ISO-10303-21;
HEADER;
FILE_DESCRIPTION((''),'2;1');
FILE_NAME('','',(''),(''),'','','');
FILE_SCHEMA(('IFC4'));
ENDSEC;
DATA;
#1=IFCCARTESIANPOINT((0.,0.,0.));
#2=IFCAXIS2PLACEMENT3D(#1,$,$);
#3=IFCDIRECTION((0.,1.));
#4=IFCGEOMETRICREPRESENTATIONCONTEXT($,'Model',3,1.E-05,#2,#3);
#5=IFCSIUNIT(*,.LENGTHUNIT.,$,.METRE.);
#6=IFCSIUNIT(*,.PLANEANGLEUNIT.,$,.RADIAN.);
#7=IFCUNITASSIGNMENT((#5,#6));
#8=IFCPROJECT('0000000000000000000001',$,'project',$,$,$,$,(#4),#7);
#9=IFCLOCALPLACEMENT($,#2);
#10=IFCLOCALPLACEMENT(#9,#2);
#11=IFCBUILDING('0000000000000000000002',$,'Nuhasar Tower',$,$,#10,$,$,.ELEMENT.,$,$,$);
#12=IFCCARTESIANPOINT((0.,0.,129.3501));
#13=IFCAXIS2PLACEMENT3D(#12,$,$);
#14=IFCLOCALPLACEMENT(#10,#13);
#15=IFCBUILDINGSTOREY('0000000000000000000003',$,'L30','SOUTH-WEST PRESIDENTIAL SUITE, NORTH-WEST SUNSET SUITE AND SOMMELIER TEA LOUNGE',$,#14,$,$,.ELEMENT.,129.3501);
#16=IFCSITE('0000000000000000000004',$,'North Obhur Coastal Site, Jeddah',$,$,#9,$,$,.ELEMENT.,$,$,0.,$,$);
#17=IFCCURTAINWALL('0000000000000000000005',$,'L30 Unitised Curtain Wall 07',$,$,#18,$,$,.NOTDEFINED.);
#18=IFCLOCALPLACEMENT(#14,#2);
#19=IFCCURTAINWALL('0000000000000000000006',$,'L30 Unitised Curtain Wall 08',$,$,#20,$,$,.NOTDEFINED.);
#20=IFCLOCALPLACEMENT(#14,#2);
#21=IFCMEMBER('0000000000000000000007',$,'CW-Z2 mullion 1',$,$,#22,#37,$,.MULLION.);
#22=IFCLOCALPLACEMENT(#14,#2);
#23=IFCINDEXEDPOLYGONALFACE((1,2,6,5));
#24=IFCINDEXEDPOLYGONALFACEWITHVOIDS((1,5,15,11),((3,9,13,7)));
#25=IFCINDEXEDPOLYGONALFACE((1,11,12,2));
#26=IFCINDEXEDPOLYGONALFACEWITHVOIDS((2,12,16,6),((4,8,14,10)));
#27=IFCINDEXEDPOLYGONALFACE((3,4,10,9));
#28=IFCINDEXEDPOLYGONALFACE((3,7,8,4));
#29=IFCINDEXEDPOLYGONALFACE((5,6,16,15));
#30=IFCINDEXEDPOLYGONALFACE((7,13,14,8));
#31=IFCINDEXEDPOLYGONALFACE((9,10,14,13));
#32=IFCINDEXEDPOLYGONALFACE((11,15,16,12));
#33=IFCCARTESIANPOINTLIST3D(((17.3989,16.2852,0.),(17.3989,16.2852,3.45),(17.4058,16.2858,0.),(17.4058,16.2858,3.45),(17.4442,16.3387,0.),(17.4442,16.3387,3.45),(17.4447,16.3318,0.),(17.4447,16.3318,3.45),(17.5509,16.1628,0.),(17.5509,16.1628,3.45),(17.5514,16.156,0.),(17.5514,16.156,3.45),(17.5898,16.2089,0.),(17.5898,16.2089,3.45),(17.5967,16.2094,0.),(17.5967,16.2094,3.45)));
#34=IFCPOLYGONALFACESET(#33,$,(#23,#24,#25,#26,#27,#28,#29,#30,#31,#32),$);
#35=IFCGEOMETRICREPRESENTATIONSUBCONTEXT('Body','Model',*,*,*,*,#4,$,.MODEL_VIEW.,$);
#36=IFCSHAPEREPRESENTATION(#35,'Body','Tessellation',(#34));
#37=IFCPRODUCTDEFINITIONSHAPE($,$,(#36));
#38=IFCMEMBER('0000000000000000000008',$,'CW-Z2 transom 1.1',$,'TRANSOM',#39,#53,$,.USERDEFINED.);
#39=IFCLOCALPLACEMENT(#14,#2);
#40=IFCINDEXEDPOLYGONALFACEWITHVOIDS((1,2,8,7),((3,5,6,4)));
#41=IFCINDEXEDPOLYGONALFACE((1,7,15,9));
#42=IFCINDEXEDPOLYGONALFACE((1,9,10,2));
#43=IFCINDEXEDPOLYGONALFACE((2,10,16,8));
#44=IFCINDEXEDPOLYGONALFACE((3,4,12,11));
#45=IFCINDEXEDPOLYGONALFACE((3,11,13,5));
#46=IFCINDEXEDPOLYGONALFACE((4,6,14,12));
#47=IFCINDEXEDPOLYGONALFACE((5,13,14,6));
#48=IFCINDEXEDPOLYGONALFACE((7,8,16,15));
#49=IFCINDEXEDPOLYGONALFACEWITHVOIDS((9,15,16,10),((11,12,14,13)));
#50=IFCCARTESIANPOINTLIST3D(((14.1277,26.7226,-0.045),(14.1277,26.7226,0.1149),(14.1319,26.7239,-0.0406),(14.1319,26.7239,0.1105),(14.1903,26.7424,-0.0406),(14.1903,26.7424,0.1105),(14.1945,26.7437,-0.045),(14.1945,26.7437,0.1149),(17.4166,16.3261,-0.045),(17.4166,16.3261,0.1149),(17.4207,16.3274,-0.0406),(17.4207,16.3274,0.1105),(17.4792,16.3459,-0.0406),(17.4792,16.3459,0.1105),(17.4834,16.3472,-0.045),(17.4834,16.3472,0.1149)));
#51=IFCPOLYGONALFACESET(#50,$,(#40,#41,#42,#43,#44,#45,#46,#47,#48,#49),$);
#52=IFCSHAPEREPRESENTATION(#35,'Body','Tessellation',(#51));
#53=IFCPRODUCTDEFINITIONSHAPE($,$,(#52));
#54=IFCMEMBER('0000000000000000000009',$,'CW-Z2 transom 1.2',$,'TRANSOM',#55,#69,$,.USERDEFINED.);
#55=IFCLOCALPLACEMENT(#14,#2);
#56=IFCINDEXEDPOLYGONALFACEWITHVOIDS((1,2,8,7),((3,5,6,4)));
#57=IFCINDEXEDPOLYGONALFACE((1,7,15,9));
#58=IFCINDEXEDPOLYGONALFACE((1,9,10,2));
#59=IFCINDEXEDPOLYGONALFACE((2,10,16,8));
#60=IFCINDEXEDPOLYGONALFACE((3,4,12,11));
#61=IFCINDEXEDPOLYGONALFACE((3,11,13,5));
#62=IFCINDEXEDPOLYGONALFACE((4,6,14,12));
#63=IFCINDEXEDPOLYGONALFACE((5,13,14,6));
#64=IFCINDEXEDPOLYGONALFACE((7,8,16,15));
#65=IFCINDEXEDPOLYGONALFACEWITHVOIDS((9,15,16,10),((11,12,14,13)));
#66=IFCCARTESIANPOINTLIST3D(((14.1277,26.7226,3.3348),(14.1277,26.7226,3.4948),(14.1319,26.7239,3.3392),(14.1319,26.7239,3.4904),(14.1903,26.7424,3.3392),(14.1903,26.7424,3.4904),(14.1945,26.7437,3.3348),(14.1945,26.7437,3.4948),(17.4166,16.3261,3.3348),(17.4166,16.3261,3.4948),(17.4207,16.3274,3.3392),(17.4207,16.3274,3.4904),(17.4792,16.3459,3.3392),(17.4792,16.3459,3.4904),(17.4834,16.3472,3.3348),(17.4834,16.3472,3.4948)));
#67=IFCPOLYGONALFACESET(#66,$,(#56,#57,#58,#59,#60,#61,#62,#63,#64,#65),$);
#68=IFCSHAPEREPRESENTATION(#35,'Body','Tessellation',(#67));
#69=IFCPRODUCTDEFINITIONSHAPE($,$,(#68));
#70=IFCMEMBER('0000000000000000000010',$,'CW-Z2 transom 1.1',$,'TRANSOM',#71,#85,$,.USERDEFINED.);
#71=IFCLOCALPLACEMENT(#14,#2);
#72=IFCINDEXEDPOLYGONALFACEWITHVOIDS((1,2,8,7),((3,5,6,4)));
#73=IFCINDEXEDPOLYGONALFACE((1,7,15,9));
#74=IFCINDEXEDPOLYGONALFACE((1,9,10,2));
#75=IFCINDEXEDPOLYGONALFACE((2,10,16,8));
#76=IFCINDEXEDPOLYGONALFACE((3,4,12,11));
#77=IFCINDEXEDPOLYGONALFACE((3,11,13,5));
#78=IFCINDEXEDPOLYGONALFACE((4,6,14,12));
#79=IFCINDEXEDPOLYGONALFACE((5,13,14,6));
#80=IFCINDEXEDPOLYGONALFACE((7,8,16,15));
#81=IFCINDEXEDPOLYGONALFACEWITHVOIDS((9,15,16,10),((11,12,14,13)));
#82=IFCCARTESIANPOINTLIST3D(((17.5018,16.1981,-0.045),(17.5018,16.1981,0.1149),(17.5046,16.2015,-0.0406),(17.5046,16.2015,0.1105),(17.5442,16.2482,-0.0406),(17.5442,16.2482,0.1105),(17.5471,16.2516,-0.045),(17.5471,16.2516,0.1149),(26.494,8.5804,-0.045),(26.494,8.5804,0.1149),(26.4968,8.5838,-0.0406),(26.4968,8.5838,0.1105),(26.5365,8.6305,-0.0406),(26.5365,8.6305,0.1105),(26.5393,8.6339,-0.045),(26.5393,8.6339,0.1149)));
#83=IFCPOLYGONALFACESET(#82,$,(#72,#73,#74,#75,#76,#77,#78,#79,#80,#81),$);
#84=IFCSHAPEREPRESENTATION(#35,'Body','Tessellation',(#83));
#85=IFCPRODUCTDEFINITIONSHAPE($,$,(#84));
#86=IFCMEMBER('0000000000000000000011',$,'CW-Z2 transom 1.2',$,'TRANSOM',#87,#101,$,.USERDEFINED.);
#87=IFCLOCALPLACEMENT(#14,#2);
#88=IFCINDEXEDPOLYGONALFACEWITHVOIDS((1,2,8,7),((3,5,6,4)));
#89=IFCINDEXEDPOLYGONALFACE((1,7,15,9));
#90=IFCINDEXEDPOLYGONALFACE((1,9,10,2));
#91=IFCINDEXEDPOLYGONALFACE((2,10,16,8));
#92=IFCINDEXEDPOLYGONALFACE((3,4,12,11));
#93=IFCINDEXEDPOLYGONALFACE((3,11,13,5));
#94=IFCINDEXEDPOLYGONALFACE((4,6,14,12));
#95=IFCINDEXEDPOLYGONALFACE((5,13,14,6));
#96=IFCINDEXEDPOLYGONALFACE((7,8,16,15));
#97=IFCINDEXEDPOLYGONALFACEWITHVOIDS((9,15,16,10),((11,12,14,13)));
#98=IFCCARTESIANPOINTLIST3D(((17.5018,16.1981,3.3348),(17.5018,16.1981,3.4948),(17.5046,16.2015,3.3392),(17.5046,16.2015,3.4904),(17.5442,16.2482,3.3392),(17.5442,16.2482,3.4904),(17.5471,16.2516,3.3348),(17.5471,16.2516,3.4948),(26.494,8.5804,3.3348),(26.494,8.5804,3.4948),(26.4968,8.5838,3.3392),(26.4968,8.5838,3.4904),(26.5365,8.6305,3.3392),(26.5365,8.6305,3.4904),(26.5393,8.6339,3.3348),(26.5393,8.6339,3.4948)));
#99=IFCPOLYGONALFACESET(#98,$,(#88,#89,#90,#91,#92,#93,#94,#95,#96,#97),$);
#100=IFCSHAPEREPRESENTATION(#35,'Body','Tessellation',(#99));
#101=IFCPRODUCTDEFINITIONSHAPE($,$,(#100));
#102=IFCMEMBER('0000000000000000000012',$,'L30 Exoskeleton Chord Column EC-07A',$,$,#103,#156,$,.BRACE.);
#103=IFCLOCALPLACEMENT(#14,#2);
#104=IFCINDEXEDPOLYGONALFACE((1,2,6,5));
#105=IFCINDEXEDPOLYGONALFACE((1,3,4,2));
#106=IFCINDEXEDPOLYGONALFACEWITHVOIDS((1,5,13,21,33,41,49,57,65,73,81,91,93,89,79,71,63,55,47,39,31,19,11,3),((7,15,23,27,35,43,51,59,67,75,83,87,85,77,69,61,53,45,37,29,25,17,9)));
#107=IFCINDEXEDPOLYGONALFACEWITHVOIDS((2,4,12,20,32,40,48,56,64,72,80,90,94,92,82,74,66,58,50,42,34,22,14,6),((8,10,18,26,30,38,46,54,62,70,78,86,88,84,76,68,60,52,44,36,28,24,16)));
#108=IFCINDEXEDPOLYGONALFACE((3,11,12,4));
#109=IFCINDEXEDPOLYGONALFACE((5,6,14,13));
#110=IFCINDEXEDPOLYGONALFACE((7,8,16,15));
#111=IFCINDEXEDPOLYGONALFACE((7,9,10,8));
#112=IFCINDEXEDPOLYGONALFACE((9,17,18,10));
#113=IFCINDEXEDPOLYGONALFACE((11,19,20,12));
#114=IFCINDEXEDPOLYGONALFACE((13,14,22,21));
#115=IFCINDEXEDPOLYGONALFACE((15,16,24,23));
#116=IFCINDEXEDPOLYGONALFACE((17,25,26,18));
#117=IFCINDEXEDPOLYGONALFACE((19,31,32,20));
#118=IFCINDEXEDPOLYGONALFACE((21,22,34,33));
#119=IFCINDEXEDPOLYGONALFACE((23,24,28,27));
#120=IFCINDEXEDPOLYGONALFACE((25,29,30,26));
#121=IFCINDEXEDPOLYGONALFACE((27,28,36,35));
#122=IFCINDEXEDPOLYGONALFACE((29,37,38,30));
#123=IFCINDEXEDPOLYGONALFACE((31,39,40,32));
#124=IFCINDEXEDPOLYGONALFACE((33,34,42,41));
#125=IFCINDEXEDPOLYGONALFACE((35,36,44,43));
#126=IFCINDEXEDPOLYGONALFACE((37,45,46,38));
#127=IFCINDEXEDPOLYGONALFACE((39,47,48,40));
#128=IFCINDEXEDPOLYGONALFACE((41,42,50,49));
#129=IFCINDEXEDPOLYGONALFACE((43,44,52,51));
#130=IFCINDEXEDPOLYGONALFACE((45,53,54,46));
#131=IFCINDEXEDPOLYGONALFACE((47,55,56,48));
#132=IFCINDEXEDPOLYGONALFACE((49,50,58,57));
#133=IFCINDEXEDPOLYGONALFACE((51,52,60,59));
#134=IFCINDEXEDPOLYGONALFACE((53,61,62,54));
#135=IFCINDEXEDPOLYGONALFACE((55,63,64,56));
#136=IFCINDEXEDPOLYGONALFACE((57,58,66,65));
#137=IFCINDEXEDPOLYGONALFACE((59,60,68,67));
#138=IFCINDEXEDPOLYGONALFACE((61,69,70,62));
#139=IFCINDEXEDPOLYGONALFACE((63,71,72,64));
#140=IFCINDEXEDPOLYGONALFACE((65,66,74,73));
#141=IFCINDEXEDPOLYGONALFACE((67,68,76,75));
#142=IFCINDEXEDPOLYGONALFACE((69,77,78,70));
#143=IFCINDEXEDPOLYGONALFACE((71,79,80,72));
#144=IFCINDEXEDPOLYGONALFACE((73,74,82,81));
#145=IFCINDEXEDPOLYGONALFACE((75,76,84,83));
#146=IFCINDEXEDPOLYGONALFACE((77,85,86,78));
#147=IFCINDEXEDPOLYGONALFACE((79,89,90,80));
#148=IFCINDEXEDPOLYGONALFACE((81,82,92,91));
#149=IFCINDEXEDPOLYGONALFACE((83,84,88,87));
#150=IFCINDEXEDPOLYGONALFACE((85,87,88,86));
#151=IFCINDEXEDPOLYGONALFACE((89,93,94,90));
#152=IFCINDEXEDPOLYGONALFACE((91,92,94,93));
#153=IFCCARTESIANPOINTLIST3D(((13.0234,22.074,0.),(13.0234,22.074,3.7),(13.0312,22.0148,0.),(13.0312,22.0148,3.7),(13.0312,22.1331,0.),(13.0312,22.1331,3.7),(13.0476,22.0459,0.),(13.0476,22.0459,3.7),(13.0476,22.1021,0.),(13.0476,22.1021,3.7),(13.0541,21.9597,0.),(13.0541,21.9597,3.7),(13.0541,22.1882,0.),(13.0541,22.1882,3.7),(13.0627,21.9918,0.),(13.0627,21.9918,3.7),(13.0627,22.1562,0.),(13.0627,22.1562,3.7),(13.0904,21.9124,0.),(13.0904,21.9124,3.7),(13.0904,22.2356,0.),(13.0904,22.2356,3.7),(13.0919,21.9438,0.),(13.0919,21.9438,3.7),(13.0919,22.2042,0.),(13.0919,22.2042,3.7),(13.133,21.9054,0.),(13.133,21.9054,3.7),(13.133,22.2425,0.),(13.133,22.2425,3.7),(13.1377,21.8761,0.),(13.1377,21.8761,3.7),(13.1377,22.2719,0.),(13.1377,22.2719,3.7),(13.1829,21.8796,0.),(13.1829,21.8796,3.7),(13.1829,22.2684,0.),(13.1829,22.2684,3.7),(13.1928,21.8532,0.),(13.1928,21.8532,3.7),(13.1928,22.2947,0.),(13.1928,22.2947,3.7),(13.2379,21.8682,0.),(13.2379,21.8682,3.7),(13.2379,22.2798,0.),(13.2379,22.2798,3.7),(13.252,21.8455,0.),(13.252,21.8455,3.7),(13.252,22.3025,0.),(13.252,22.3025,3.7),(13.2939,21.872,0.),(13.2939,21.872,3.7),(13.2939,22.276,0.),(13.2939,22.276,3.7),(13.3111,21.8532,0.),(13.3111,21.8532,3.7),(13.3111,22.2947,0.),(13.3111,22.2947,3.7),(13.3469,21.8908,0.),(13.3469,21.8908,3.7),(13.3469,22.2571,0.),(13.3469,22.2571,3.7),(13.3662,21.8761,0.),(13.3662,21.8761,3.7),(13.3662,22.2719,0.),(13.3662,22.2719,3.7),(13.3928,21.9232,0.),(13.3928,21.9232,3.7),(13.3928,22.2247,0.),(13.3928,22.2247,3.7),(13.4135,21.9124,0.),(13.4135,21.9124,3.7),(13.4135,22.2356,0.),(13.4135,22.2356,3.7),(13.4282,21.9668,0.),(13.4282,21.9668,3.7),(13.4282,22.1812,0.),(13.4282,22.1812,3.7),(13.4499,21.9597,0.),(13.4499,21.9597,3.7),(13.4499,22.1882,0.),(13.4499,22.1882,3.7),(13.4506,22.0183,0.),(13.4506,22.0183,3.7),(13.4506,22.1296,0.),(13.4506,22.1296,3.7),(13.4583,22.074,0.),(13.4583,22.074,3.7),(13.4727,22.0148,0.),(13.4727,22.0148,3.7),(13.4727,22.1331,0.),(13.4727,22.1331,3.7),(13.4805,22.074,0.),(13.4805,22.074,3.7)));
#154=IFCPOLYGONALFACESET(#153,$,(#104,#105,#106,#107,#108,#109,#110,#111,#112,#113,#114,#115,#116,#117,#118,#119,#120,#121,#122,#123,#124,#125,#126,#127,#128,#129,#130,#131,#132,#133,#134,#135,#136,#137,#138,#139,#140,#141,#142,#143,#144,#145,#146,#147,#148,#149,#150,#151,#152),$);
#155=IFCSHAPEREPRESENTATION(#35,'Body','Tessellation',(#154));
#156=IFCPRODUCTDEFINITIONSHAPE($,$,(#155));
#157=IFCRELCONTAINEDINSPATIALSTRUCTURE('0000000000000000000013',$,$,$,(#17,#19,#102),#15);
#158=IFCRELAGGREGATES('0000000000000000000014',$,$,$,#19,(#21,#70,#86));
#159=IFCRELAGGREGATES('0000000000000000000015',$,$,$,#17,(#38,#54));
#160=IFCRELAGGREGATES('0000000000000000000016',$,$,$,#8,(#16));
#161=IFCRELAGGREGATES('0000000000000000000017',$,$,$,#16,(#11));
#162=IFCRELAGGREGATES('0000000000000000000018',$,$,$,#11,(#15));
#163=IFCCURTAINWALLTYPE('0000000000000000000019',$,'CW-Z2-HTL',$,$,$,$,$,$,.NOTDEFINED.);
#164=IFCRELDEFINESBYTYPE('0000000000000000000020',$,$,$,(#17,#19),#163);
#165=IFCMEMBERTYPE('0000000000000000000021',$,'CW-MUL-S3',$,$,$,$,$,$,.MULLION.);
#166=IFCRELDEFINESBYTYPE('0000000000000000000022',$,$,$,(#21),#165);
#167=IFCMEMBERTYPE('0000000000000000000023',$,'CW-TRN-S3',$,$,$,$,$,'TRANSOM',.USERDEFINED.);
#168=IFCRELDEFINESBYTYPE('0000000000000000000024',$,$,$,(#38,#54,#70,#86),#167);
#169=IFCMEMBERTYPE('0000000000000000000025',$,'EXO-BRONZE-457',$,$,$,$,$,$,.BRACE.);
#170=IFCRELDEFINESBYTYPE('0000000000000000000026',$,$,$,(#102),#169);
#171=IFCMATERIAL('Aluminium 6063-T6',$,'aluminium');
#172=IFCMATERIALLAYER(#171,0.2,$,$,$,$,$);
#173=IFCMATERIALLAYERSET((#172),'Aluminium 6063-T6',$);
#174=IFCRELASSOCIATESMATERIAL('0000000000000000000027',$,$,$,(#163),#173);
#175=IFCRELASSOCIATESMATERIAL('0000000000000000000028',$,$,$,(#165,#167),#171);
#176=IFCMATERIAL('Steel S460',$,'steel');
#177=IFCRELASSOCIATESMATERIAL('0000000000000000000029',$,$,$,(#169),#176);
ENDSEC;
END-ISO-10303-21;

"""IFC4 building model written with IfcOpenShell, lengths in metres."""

from ifc_helpers import new_model, si_unit, direction, frame, origin, origin_2d, place, context, subcontext, project, spatial, hollow_rectangle, hollow_circle, extrude, material, layer, layer_set, material_profile, profile_set, type_object, element, aggregate, save


model = new_model("IFC4")

# Units and contexts
model_context = context("Model", 3, precision=1e-05, world=origin(), true_north=direction((0.0, 1.0)))
body_context = subcontext(model_context, "Body", "Model", "MODEL_VIEW")
ifc_project = project(units=[si_unit("LENGTHUNIT", "METRE"), si_unit("PLANEANGLEUNIT", "RADIAN")], contexts=[model_context])

# Site, building, storey
site_placement = place(None, origin())
site = spatial("IfcSite", under=ifc_project, at=site_placement, Name="North Obhur Coastal Site, Jeddah", CompositionType="ELEMENT", RefElevation=0.0)
building_placement = place(site_placement, origin())
building = spatial("IfcBuilding", under=site, at=building_placement, Name="Nuhasar Tower", CompositionType="ELEMENT")
storey_placement = place(building_placement, frame((0.0, 0.0, 129.3501)))
storey = spatial("IfcBuildingStorey", under=building, at=storey_placement, Name="L30", Description="SOUTH-WEST PRESIDENTIAL SUITE, NORTH-WEST SUNSET SUITE AND SOMMELIER TEA LOUNGE", CompositionType="ELEMENT", Elevation=129.3501)

# Curtain walls, member
ifc_material_1 = material(Name="Aluminium 6063-T6", Category="aluminium")
ifc_layer_1 = layer(ifc_material_1, 0.2)
ifc_layer_set_1 = layer_set([ifc_layer_1], Name="Aluminium 6063-T6")
curtain_wall_type = type_object("IfcCurtainWallType", Name="CW-Z2-HTL", PredefinedType="NOTDEFINED", material=ifc_layer_set_1)
curtain_wall_1_placement = place(storey_placement, origin())
curtain_wall_1 = element("IfcCurtainWall", 1, at=curtain_wall_1_placement, inside=storey, type_object=curtain_wall_type, Name="L30 Unitised Curtain Wall 07", PredefinedType="NOTDEFINED")
ifc_material_profile_1 = material_profile(ifc_material_1, hollow_rectangle(XDim=0.0701, YDim=0.2, WallThickness=0.0049, at=origin_2d()), Name="CWM-3")
ifc_profile_set_1 = profile_set([ifc_material_profile_1], Name="Aluminium 6063-T6")
member_type_1 = type_object("IfcMemberType", Name="CW-MUL-S3", PredefinedType="MULLION", material=ifc_profile_set_1)
curtain_wall_2_placement = place(storey_placement, origin())
curtain_wall_2 = element("IfcCurtainWall", 2, at=curtain_wall_2_placement, inside=storey, type_object=curtain_wall_type, Name="L30 Unitised Curtain Wall 08", PredefinedType="NOTDEFINED")
member_1_placement = place(storey_placement, frame((17.4978, 16.2473, 0.0), z_axis=(0.0, 0.0, 1.0), x_axis=(0.646374, 0.76302, 0.0)))
member_1 = element("IfcMember", 3, at=member_1_placement, type_object=member_type_1, Name="CW-Z2 mullion 1", PredefinedType="MULLION", context=body_context, shape_type="SweptSolid", body=[
    extrude(hollow_rectangle(XDim=0.0701, YDim=0.2, WallThickness=0.0049, at=origin_2d()), origin(), (0.0, 0.0, 1.0), 3.45),
])

# Members
ifc_material_profile_2 = material_profile(ifc_material_1, hollow_rectangle(XDim=0.0701, YDim=0.1599, WallThickness=0.0044, at=origin_2d()), Name="CWT-3")
ifc_profile_set_2 = profile_set([ifc_material_profile_2], Name="Aluminium 6063-T6")
member_type_2 = type_object("IfcMemberType", Name="CW-TRN-S3", ElementType="TRANSOM", PredefinedType="USERDEFINED", material=ifc_profile_set_2)
member_2_placement = place(storey_placement, frame((14.1611, 26.7332, 0.0349), z_axis=(0.301608, -0.953432, 0.0), x_axis=(0.953432, 0.301608, 0.0)))
member_2 = element("IfcMember", 4, at=member_2_placement, type_object=member_type_2, Name="CW-Z2 transom 1.1", ObjectType="TRANSOM", PredefinedType="USERDEFINED", context=body_context, shape_type="SweptSolid", body=[
    extrude(hollow_rectangle(XDim=0.0701, YDim=0.1599, WallThickness=0.0044, at=origin_2d()), origin(), (0.0, 0.0, 1.0), 10.9043),
])
member_3_placement = place(storey_placement, frame((14.1611, 26.7332, 3.4148), z_axis=(0.301608, -0.953432, 0.0), x_axis=(0.953432, 0.301608, 0.0)))
member_3 = element("IfcMember", 5, at=member_3_placement, type_object=member_type_2, Name="CW-Z2 transom 1.2", ObjectType="TRANSOM", PredefinedType="USERDEFINED", context=body_context, shape_type="SweptSolid", body=[
    extrude(hollow_rectangle(XDim=0.0701, YDim=0.1599, WallThickness=0.0044, at=origin_2d()), origin(), (0.0, 0.0, 1.0), 10.9043),
])
member_4_placement = place(storey_placement, frame((17.5244, 16.2249, 0.0349), z_axis=(0.763014, -0.646382, 0.0), x_axis=(0.646382, 0.763014, 0.0)))
member_4 = element("IfcMember", 6, at=member_4_placement, type_object=member_type_2, Name="CW-Z2 transom 1.1", ObjectType="TRANSOM", PredefinedType="USERDEFINED", context=body_context, shape_type="SweptSolid", body=[
    extrude(hollow_rectangle(XDim=0.0701, YDim=0.1599, WallThickness=0.0044, at=origin_2d()), origin(), (0.0, 0.0, 1.0), 11.7852),
])
member_5_placement = place(storey_placement, frame((17.5244, 16.2249, 3.4148), z_axis=(0.763014, -0.646382, 0.0), x_axis=(0.646382, 0.763014, 0.0)))
member_5 = element("IfcMember", 7, at=member_5_placement, type_object=member_type_2, Name="CW-Z2 transom 1.2", ObjectType="TRANSOM", PredefinedType="USERDEFINED", context=body_context, shape_type="SweptSolid", body=[
    extrude(hollow_rectangle(XDim=0.0701, YDim=0.1599, WallThickness=0.0044, at=origin_2d()), origin(), (0.0, 0.0, 1.0), 11.7852),
])
aggregate(curtain_wall_2, [member_1, member_4, member_5])

# Member
ifc_material_2 = material(Name="Steel S460", Category="steel")
ifc_material_profile_3 = material_profile(ifc_material_2, hollow_circle(Radius=0.2285, WallThickness=0.0222, at=origin_2d()), Name="HSS457X22.2")
ifc_profile_set_3 = profile_set([ifc_material_profile_3], Name="Steel S460")
member_type_3 = type_object("IfcMemberType", Name="EXO-BRONZE-457", PredefinedType="BRACE", material=ifc_profile_set_3)
for number, where, z_axis, x_axis, name in (
    (8, (13.252, 22.074, 0.0), (0.0, 0.0, 1.0), (1.0, 0.0, 0.0), "L30 Exoskeleton Chord Column EC-07A"),
):
    element("IfcMember", number, at=place(storey_placement, frame(where, z_axis=z_axis, x_axis=x_axis)), inside=storey, type_object=member_type_3, Name=name, PredefinedType="BRACE", context=body_context, shape_type="SweptSolid", body=[
        extrude(hollow_circle(Radius=0.2285, WallThickness=0.0222, at=origin_2d()), origin(), (0.0, 0.0, 1.0), 3.7),
    ])

aggregate(curtain_wall_1, [member_2, member_3])

save(model, "model.ifc")
